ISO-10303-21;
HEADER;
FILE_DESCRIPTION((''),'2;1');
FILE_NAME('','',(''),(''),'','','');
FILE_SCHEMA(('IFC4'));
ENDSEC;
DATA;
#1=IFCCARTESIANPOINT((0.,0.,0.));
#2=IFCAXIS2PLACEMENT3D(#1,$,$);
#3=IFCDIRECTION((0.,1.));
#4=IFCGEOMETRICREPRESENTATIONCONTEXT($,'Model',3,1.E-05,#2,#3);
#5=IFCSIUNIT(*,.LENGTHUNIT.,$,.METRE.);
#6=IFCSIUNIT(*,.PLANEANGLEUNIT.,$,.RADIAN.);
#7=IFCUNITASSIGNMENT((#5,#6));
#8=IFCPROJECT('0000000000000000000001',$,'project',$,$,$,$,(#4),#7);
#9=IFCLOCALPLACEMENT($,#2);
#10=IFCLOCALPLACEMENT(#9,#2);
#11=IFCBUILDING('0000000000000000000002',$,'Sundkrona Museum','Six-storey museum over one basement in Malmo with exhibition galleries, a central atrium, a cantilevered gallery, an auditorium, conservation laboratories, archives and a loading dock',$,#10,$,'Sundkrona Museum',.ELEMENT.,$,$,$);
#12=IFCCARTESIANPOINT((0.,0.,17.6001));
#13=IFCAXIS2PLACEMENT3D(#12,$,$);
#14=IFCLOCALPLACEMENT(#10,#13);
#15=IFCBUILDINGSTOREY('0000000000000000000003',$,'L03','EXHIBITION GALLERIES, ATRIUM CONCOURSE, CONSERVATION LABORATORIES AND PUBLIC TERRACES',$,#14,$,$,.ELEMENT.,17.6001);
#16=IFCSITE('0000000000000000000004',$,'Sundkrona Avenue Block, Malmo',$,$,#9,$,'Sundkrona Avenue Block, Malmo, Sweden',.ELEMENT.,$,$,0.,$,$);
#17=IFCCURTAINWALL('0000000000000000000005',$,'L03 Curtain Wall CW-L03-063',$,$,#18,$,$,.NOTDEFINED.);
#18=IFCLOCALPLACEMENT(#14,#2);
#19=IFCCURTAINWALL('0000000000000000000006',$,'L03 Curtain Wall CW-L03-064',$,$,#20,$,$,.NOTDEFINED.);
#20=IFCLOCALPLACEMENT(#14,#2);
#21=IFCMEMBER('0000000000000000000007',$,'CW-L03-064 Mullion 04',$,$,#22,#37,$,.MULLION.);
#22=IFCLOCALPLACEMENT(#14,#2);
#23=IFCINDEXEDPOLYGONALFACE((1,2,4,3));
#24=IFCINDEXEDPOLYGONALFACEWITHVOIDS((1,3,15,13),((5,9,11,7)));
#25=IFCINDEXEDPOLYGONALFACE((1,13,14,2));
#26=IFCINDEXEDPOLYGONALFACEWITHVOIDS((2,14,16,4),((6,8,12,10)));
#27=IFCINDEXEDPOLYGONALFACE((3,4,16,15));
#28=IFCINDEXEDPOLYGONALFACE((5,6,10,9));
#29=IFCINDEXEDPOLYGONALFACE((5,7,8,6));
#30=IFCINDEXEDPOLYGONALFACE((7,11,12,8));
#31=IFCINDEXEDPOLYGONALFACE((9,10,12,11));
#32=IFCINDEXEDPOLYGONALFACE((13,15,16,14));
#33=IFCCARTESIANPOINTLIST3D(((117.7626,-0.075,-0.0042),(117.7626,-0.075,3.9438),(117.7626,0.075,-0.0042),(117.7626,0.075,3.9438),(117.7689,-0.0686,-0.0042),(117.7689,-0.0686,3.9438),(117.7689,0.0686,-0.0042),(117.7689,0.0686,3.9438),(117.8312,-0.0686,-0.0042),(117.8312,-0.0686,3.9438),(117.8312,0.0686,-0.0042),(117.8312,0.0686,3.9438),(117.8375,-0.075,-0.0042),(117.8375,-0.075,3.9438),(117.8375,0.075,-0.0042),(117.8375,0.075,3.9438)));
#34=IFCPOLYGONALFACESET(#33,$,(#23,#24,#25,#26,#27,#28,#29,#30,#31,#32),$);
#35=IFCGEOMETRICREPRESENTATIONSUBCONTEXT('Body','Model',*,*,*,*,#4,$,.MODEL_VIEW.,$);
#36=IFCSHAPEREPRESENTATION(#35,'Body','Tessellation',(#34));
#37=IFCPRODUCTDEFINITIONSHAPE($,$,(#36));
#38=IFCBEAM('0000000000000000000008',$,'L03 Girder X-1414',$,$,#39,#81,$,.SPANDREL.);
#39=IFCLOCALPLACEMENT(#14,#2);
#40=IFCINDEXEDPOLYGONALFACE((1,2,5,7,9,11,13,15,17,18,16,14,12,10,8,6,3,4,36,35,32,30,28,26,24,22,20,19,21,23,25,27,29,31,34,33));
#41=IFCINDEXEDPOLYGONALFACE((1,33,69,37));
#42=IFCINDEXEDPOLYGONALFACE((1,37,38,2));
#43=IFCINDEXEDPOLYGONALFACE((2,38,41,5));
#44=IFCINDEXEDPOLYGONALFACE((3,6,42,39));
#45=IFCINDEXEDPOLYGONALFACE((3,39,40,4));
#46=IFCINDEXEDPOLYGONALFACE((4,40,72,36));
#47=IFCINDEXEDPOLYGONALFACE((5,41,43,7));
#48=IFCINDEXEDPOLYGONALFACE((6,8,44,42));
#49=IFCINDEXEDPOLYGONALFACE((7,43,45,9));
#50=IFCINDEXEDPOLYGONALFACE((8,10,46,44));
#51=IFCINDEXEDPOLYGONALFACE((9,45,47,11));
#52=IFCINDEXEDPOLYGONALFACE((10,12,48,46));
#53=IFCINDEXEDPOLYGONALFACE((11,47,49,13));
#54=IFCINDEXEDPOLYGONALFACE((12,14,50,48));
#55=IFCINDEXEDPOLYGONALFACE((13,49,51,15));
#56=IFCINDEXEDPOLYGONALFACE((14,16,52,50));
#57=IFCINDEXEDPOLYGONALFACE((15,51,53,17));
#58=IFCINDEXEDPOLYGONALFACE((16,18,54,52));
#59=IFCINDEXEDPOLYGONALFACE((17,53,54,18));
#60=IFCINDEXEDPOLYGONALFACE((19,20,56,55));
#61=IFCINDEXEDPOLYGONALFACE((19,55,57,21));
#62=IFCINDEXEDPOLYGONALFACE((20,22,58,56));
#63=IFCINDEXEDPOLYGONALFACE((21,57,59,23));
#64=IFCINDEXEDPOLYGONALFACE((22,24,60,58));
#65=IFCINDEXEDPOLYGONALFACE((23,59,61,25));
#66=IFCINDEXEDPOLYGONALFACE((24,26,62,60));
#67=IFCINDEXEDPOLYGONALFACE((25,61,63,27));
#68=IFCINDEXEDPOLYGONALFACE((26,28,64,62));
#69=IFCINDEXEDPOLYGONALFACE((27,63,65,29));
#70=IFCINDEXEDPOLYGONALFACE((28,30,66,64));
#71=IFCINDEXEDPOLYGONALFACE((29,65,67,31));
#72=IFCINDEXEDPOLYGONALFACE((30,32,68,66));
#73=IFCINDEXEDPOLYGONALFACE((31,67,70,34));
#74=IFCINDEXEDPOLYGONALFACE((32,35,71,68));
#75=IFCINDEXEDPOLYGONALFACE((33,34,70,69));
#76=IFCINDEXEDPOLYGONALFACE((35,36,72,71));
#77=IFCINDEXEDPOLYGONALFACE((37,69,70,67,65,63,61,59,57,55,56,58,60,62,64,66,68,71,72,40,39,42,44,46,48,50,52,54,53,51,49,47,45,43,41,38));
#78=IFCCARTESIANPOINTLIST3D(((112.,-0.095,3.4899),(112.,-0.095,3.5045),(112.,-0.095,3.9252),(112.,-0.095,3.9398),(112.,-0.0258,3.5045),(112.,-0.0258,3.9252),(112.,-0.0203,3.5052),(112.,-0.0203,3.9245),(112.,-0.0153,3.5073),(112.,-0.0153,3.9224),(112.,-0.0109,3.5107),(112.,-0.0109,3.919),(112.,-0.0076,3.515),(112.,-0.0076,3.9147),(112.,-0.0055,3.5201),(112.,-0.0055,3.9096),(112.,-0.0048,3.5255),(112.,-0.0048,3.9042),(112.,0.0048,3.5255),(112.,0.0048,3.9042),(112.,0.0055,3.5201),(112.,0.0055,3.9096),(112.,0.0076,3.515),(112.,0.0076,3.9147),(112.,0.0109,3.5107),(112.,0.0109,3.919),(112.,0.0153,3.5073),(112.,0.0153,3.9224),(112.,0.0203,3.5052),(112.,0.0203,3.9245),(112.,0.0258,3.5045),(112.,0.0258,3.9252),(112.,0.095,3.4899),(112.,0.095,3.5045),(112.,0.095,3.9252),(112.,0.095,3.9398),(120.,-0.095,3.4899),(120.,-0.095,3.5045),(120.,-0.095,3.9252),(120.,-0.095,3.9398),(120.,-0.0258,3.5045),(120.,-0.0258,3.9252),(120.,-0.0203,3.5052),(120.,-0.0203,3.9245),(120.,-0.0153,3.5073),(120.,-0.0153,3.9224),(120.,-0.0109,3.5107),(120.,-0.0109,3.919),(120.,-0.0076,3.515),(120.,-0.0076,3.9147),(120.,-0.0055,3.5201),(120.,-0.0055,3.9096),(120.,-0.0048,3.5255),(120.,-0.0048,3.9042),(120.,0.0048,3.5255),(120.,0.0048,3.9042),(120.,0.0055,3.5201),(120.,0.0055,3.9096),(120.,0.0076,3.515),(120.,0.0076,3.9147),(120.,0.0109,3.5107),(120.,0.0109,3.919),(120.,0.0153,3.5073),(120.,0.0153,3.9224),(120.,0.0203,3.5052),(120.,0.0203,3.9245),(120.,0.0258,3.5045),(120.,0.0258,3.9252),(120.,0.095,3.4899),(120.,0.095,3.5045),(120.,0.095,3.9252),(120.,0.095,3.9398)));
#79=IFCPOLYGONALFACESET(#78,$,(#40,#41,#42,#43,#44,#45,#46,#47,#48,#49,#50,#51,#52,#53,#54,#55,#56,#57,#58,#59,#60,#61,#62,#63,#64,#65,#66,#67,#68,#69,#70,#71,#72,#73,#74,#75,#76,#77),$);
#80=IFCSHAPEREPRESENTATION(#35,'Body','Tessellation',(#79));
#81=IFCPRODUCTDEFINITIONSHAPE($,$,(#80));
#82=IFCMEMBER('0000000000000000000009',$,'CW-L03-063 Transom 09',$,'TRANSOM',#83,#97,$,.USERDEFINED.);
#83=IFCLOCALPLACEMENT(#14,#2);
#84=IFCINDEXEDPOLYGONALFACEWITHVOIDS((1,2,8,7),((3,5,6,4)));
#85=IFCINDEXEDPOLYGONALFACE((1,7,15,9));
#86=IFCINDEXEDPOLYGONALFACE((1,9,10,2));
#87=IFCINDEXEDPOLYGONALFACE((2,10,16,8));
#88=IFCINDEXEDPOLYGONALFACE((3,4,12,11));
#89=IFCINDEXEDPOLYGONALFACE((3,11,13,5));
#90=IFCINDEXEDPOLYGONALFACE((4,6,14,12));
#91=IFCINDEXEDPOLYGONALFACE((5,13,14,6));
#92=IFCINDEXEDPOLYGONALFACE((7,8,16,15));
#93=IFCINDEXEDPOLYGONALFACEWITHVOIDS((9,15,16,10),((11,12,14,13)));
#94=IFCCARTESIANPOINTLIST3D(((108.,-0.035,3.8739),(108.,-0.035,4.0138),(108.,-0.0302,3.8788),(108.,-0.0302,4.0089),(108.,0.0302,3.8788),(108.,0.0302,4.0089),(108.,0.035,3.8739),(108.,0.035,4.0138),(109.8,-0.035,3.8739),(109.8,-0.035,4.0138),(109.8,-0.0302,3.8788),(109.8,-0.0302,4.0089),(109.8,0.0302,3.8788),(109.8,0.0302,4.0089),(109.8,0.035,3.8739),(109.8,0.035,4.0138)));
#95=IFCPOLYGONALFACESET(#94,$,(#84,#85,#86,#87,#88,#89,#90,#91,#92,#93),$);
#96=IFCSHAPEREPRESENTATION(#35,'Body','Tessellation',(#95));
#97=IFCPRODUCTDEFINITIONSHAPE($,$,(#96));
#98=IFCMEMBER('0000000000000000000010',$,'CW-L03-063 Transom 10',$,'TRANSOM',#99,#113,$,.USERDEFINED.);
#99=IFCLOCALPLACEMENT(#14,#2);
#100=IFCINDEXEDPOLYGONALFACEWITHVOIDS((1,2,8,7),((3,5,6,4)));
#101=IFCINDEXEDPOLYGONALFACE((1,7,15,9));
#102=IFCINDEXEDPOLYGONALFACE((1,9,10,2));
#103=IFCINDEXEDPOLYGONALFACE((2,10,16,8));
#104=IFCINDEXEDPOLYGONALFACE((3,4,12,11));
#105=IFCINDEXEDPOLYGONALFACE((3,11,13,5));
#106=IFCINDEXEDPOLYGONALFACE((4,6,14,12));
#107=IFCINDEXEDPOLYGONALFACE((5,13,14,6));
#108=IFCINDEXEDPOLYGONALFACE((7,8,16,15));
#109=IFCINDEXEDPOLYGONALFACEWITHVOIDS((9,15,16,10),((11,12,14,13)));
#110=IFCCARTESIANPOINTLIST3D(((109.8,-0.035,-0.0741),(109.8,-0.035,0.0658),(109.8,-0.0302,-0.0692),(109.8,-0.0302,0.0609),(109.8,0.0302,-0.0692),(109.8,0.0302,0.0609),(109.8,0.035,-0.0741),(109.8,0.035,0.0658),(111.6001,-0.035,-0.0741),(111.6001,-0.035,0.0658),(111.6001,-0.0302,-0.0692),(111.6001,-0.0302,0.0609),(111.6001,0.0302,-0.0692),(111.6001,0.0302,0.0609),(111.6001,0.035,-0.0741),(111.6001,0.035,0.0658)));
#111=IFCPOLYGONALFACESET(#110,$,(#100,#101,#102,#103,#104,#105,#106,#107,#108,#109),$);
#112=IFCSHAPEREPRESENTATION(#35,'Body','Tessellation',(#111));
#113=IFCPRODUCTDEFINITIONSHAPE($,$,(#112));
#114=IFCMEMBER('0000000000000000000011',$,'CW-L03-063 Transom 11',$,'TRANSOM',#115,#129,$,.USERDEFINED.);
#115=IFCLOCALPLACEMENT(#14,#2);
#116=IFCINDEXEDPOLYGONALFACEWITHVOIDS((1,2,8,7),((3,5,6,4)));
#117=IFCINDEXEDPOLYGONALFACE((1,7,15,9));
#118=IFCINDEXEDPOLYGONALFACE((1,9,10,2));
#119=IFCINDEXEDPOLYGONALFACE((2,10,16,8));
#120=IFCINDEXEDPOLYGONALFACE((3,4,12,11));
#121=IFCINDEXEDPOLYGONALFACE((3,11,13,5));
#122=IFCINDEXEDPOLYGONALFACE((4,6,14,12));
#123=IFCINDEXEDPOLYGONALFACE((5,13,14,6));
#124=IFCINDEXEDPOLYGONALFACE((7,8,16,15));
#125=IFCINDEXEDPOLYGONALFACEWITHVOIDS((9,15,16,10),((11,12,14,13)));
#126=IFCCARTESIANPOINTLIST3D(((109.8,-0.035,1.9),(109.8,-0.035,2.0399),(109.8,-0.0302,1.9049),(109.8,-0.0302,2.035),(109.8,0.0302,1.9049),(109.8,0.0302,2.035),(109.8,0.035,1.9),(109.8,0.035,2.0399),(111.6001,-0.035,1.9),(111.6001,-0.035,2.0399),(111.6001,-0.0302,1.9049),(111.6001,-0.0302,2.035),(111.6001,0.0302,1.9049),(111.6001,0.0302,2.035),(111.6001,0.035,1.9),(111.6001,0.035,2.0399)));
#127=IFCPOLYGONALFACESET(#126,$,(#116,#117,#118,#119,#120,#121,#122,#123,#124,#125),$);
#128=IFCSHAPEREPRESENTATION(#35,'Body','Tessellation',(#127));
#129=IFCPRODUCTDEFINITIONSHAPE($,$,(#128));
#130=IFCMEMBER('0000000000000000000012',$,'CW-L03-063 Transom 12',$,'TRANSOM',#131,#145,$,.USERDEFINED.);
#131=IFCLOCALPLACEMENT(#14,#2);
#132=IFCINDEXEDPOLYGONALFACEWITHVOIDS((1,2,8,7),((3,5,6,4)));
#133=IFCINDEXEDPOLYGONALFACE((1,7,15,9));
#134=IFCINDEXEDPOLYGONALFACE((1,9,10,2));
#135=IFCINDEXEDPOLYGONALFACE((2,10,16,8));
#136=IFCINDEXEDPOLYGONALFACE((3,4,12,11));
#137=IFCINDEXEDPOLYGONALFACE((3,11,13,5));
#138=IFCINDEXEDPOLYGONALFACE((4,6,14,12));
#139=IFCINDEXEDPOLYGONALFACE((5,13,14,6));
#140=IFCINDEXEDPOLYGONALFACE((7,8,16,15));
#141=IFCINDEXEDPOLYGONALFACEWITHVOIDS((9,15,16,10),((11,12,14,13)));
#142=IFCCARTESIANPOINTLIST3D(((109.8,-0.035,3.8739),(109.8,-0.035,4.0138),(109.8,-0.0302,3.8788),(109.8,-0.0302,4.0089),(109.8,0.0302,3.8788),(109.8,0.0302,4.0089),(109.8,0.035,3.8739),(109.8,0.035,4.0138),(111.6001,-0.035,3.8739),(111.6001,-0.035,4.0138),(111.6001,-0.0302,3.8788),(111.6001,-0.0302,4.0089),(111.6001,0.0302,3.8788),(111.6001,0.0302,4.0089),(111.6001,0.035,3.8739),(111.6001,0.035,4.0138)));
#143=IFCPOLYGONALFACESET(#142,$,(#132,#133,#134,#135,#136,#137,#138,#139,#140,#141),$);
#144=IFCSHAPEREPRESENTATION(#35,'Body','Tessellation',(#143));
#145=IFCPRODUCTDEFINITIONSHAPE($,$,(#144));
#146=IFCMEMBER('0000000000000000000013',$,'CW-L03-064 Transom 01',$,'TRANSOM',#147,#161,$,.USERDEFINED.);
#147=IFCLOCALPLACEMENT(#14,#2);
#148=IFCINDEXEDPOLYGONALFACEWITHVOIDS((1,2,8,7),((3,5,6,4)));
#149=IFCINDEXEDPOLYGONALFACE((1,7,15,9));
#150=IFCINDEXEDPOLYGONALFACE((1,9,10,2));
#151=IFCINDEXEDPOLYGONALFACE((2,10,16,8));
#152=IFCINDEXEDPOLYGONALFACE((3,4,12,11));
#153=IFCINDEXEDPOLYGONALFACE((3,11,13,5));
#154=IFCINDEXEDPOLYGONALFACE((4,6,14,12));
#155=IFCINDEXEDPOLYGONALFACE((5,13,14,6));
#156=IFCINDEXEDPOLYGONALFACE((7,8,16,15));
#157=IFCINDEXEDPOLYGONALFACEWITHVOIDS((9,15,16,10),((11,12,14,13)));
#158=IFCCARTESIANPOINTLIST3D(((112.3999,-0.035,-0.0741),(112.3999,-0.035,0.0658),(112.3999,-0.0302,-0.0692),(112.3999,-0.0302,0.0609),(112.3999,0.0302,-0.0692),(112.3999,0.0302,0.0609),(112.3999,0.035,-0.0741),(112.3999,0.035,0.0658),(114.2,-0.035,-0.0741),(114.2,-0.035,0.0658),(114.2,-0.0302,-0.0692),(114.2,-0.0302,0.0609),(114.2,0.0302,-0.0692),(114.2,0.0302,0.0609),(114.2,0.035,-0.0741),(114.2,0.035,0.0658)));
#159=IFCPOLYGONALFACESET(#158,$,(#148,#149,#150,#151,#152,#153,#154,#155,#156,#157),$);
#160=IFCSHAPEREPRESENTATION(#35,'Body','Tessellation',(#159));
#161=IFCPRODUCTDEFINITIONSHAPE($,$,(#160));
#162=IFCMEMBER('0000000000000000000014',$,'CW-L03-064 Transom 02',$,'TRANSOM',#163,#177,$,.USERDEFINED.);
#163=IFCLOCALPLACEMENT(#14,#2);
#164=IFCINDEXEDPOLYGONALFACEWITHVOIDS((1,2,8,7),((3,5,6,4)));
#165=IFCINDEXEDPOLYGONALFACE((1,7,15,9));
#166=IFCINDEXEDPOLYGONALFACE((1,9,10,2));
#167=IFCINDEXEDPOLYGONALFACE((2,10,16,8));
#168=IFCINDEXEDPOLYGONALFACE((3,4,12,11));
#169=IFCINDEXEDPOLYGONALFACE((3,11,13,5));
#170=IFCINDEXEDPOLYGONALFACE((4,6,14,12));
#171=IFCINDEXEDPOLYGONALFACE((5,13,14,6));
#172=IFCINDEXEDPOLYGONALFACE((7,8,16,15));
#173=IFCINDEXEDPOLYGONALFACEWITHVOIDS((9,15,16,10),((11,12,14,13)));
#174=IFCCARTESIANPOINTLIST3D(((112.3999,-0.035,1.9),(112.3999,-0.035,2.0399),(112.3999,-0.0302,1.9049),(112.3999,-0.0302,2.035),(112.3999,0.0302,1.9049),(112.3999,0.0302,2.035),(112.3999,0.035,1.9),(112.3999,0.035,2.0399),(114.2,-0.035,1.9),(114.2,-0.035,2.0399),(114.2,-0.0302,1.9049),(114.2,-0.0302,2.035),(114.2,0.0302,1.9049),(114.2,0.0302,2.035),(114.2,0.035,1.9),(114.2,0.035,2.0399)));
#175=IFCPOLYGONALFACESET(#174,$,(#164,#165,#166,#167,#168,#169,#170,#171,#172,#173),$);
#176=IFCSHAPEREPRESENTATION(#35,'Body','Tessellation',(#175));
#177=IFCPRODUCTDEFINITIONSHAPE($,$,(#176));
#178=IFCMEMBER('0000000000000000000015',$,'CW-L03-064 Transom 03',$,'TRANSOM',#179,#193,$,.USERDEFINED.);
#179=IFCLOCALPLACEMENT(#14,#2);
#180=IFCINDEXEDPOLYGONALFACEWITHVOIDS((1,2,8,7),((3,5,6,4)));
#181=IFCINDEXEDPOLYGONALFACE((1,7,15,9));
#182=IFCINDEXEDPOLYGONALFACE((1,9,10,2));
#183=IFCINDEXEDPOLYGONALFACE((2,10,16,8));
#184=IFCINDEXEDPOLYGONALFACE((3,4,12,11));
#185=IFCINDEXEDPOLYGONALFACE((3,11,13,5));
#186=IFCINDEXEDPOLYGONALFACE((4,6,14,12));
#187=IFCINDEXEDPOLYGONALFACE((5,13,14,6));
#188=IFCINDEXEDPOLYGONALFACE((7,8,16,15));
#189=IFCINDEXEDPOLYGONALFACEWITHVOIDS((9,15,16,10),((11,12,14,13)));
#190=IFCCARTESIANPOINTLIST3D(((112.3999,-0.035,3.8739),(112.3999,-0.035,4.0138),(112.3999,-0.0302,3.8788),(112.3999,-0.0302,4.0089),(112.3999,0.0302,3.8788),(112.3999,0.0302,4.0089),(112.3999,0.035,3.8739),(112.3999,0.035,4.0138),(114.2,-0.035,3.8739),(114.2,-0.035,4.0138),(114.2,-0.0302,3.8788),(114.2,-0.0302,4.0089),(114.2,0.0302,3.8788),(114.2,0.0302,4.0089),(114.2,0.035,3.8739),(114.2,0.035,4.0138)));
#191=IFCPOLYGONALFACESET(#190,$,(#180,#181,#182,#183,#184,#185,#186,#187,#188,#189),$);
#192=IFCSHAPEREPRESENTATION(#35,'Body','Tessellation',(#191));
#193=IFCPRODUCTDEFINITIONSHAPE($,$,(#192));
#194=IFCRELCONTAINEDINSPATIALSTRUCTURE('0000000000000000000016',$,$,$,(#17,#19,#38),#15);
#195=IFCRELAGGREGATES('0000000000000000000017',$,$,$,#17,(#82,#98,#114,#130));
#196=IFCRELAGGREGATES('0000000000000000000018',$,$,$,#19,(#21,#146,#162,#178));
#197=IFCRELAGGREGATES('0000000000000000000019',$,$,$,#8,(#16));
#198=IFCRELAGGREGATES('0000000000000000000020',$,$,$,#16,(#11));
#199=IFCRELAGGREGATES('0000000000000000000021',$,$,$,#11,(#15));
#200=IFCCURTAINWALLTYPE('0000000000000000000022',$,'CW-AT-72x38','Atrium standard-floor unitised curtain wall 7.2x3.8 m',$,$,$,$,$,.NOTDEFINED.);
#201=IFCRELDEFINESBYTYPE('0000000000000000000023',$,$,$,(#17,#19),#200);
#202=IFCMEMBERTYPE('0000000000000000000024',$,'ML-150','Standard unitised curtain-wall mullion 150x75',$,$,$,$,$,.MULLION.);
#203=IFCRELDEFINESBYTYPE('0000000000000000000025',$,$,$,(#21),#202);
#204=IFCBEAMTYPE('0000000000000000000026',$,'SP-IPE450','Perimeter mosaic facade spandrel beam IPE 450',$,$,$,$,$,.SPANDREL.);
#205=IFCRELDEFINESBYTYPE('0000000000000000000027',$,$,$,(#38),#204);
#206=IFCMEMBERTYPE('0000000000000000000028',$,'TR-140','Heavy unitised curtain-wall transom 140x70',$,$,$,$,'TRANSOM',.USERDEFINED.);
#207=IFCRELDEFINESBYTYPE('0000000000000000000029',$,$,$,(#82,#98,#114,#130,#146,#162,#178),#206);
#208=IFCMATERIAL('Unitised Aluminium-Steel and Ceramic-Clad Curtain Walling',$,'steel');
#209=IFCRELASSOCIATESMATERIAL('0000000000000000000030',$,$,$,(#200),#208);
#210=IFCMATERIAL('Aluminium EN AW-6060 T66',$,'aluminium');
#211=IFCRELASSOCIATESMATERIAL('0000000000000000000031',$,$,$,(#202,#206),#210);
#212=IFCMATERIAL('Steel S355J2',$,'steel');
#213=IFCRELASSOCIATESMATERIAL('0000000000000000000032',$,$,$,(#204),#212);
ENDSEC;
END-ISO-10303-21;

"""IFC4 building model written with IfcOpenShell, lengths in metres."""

from ifc_helpers import new_model, si_unit, direction, frame, origin, origin_2d, place, context, subcontext, project, spatial, hollow_rectangle, i_section, extrude, material, material_profile, profile_set, type_object, element, aggregate, save


model = new_model("IFC4")

# Units and contexts
model_context = context("Model", 3, precision=1e-05, world=origin(), true_north=direction((0.0, 1.0)))
body_context = subcontext(model_context, "Body", "Model", "MODEL_VIEW")
ifc_project = project(units=[si_unit("LENGTHUNIT", "METRE"), si_unit("PLANEANGLEUNIT", "RADIAN")], contexts=[model_context])

# Site, building, storey
site_placement = place(None, origin())
site = spatial("IfcSite", under=ifc_project, at=site_placement, Name="Sundkrona Avenue Block, Malmo", LongName="Sundkrona Avenue Block, Malmo, Sweden", CompositionType="ELEMENT", RefElevation=0.0)
building_placement = place(site_placement, origin())
building = spatial("IfcBuilding", under=site, at=building_placement, Name="Sundkrona Museum", Description="Six-storey museum over one basement in Malmo with exhibition galleries, a central atrium, a cantilevered gallery, an auditorium, conservation laboratories, archives and a loading dock", LongName="Sundkrona Museum", CompositionType="ELEMENT")
storey_placement = place(building_placement, frame((0.0, 0.0, 17.6001)))
storey = spatial("IfcBuildingStorey", under=building, at=storey_placement, Name="L03", Description="EXHIBITION GALLERIES, ATRIUM CONCOURSE, CONSERVATION LABORATORIES AND PUBLIC TERRACES", CompositionType="ELEMENT", Elevation=17.6001)

# Shared definitions
ifc_material_1 = material(Name="Steel S355J2", Category="steel")

# Curtain walls, member
ifc_material_2 = material(Name="Unitised Aluminium-Steel and Ceramic-Clad Curtain Walling", Category="steel")
curtain_wall_type = type_object("IfcCurtainWallType", Name="CW-AT-72x38", Description="Atrium standard-floor unitised curtain wall 7.2x3.8 m", PredefinedType="NOTDEFINED", material=ifc_material_2)
curtain_wall_1_placement = place(storey_placement, origin())
curtain_wall_1 = element("IfcCurtainWall", 1, at=curtain_wall_1_placement, inside=storey, type_object=curtain_wall_type, Name="L03 Curtain Wall CW-L03-063", PredefinedType="NOTDEFINED")
ifc_material_3 = material(Name="Aluminium EN AW-6060 T66", Category="aluminium")
ifc_material_profile_1 = material_profile(ifc_material_3, hollow_rectangle(XDim=0.075, YDim=0.1499, WallThickness=0.0063, at=origin_2d()), Name="RHS 150x75x6.3")
ifc_profile_set_1 = profile_set([ifc_material_profile_1], Name="Aluminium EN AW-6060 T66")
member_type_1 = type_object("IfcMemberType", Name="ML-150", Description="Standard unitised curtain-wall mullion 150x75", PredefinedType="MULLION", material=ifc_profile_set_1)
curtain_wall_2_placement = place(storey_placement, origin())
curtain_wall_2 = element("IfcCurtainWall", 2, at=curtain_wall_2_placement, inside=storey, type_object=curtain_wall_type, Name="L03 Curtain Wall CW-L03-064", PredefinedType="NOTDEFINED")
member_1_placement = place(storey_placement, frame((117.8, 0.0, -0.0042), z_axis=(0.0, 0.0, 1.0), x_axis=(1.0, 0.0, 0.0)))
member_1 = element("IfcMember", 3, at=member_1_placement, type_object=member_type_1, Name="CW-L03-064 Mullion 04", PredefinedType="MULLION", context=body_context, shape_type="SweptSolid", body=[
    extrude(hollow_rectangle(XDim=0.075, YDim=0.1499, WallThickness=0.0063, at=origin_2d()), origin(), (0.0, 0.0, 1.0), 3.948),
])

# Beam
ifc_material_profile_2 = material_profile(ifc_material_1, i_section(OverallWidth=0.1899, OverallDepth=0.45, WebThickness=0.0095, FlangeThickness=0.0146, FilletRadius=0.021, at=origin_2d()), Name="IPE 450")
ifc_profile_set_2 = profile_set([ifc_material_profile_2], Name="Steel S355J2")
beam_type_1 = type_object("IfcBeamType", Name="SP-IPE450", Description="Perimeter mosaic facade spandrel beam IPE 450", PredefinedType="SPANDREL", material=ifc_profile_set_2)
beam_1_placement = place(storey_placement, frame((112.0, 0.0, 3.7148), z_axis=(1.0, 0.0, 0.0), x_axis=(0.0, 1.0, 0.0)))
element("IfcBeam", 4, at=beam_1_placement, inside=storey, type_object=beam_type_1, Name="L03 Girder X-1414", PredefinedType="SPANDREL", context=body_context, shape_type="SweptSolid", body=[
    extrude(i_section(OverallWidth=0.1899, OverallDepth=0.45, WebThickness=0.0095, FlangeThickness=0.0146, FilletRadius=0.021, at=origin_2d()), origin(), (0.0, 0.0, 1.0), 8.0),
])

# Members
ifc_material_profile_3 = material_profile(ifc_material_3, hollow_rectangle(XDim=0.0701, YDim=0.1399, WallThickness=0.0049, at=origin_2d()), Name="RHS 140x70x5.0")
ifc_profile_set_3 = profile_set([ifc_material_profile_3], Name="Aluminium EN AW-6060 T66")
member_type_2 = type_object("IfcMemberType", Name="TR-140", Description="Heavy unitised curtain-wall transom 140x70", ElementType="TRANSOM", PredefinedType="USERDEFINED", material=ifc_profile_set_3)
member_2_placement = place(storey_placement, frame((108.0, 0.0, 3.9438), z_axis=(1.0, 0.0, 0.0), x_axis=(0.0, 1.0, 0.0)))
member_2 = element("IfcMember", 5, at=member_2_placement, type_object=member_type_2, Name="CW-L03-063 Transom 09", ObjectType="TRANSOM", PredefinedType="USERDEFINED", context=body_context, shape_type="SweptSolid", body=[
    extrude(hollow_rectangle(XDim=0.0701, YDim=0.1399, WallThickness=0.0049, at=origin_2d()), origin(), (0.0, 0.0, 1.0), 1.8),
])
member_3_placement = place(storey_placement, frame((109.8, 0.0, -0.0042), z_axis=(1.0, 0.0, 0.0), x_axis=(0.0, 1.0, 0.0)))
member_3 = element("IfcMember", 6, at=member_3_placement, type_object=member_type_2, Name="CW-L03-063 Transom 10", ObjectType="TRANSOM", PredefinedType="USERDEFINED", context=body_context, shape_type="SweptSolid", body=[
    extrude(hollow_rectangle(XDim=0.0701, YDim=0.1399, WallThickness=0.0049, at=origin_2d()), origin(), (0.0, 0.0, 1.0), 1.8),
])
member_4_placement = place(storey_placement, frame((109.8, 0.0, 1.97), z_axis=(1.0, 0.0, 0.0), x_axis=(0.0, 1.0, 0.0)))
member_4 = element("IfcMember", 7, at=member_4_placement, type_object=member_type_2, Name="CW-L03-063 Transom 11", ObjectType="TRANSOM", PredefinedType="USERDEFINED", context=body_context, shape_type="SweptSolid", body=[
    extrude(hollow_rectangle(XDim=0.0701, YDim=0.1399, WallThickness=0.0049, at=origin_2d()), origin(), (0.0, 0.0, 1.0), 1.8),
])
member_5_placement = place(storey_placement, frame((109.8, 0.0, 3.9438), z_axis=(1.0, 0.0, 0.0), x_axis=(0.0, 1.0, 0.0)))
member_5 = element("IfcMember", 8, at=member_5_placement, type_object=member_type_2, Name="CW-L03-063 Transom 12", ObjectType="TRANSOM", PredefinedType="USERDEFINED", context=body_context, shape_type="SweptSolid", body=[
    extrude(hollow_rectangle(XDim=0.0701, YDim=0.1399, WallThickness=0.0049, at=origin_2d()), origin(), (0.0, 0.0, 1.0), 1.8),
])
member_6_placement = place(storey_placement, frame((112.3999, 0.0, -0.0042), z_axis=(1.0, 0.0, 0.0), x_axis=(0.0, 1.0, 0.0)))
member_6 = element("IfcMember", 9, at=member_6_placement, type_object=member_type_2, Name="CW-L03-064 Transom 01", ObjectType="TRANSOM", PredefinedType="USERDEFINED", context=body_context, shape_type="SweptSolid", body=[
    extrude(hollow_rectangle(XDim=0.0701, YDim=0.1399, WallThickness=0.0049, at=origin_2d()), origin(), (0.0, 0.0, 1.0), 1.8),
])
member_7_placement = place(storey_placement, frame((112.3999, 0.0, 1.97), z_axis=(1.0, 0.0, 0.0), x_axis=(0.0, 1.0, 0.0)))
member_7 = element("IfcMember", 10, at=member_7_placement, type_object=member_type_2, Name="CW-L03-064 Transom 02", ObjectType="TRANSOM", PredefinedType="USERDEFINED", context=body_context, shape_type="SweptSolid", body=[
    extrude(hollow_rectangle(XDim=0.0701, YDim=0.1399, WallThickness=0.0049, at=origin_2d()), origin(), (0.0, 0.0, 1.0), 1.8),
])
member_8_placement = place(storey_placement, frame((112.3999, 0.0, 3.9438), z_axis=(1.0, 0.0, 0.0), x_axis=(0.0, 1.0, 0.0)))
member_8 = element("IfcMember", 11, at=member_8_placement, type_object=member_type_2, Name="CW-L03-064 Transom 03", ObjectType="TRANSOM", PredefinedType="USERDEFINED", context=body_context, shape_type="SweptSolid", body=[
    extrude(hollow_rectangle(XDim=0.0701, YDim=0.1399, WallThickness=0.0049, at=origin_2d()), origin(), (0.0, 0.0, 1.0), 1.8),
])

aggregate(curtain_wall_1, [member_2, member_3, member_4, member_5])
aggregate(curtain_wall_2, [member_1, member_6, member_7, member_8])

save(model, "model.ifc")
